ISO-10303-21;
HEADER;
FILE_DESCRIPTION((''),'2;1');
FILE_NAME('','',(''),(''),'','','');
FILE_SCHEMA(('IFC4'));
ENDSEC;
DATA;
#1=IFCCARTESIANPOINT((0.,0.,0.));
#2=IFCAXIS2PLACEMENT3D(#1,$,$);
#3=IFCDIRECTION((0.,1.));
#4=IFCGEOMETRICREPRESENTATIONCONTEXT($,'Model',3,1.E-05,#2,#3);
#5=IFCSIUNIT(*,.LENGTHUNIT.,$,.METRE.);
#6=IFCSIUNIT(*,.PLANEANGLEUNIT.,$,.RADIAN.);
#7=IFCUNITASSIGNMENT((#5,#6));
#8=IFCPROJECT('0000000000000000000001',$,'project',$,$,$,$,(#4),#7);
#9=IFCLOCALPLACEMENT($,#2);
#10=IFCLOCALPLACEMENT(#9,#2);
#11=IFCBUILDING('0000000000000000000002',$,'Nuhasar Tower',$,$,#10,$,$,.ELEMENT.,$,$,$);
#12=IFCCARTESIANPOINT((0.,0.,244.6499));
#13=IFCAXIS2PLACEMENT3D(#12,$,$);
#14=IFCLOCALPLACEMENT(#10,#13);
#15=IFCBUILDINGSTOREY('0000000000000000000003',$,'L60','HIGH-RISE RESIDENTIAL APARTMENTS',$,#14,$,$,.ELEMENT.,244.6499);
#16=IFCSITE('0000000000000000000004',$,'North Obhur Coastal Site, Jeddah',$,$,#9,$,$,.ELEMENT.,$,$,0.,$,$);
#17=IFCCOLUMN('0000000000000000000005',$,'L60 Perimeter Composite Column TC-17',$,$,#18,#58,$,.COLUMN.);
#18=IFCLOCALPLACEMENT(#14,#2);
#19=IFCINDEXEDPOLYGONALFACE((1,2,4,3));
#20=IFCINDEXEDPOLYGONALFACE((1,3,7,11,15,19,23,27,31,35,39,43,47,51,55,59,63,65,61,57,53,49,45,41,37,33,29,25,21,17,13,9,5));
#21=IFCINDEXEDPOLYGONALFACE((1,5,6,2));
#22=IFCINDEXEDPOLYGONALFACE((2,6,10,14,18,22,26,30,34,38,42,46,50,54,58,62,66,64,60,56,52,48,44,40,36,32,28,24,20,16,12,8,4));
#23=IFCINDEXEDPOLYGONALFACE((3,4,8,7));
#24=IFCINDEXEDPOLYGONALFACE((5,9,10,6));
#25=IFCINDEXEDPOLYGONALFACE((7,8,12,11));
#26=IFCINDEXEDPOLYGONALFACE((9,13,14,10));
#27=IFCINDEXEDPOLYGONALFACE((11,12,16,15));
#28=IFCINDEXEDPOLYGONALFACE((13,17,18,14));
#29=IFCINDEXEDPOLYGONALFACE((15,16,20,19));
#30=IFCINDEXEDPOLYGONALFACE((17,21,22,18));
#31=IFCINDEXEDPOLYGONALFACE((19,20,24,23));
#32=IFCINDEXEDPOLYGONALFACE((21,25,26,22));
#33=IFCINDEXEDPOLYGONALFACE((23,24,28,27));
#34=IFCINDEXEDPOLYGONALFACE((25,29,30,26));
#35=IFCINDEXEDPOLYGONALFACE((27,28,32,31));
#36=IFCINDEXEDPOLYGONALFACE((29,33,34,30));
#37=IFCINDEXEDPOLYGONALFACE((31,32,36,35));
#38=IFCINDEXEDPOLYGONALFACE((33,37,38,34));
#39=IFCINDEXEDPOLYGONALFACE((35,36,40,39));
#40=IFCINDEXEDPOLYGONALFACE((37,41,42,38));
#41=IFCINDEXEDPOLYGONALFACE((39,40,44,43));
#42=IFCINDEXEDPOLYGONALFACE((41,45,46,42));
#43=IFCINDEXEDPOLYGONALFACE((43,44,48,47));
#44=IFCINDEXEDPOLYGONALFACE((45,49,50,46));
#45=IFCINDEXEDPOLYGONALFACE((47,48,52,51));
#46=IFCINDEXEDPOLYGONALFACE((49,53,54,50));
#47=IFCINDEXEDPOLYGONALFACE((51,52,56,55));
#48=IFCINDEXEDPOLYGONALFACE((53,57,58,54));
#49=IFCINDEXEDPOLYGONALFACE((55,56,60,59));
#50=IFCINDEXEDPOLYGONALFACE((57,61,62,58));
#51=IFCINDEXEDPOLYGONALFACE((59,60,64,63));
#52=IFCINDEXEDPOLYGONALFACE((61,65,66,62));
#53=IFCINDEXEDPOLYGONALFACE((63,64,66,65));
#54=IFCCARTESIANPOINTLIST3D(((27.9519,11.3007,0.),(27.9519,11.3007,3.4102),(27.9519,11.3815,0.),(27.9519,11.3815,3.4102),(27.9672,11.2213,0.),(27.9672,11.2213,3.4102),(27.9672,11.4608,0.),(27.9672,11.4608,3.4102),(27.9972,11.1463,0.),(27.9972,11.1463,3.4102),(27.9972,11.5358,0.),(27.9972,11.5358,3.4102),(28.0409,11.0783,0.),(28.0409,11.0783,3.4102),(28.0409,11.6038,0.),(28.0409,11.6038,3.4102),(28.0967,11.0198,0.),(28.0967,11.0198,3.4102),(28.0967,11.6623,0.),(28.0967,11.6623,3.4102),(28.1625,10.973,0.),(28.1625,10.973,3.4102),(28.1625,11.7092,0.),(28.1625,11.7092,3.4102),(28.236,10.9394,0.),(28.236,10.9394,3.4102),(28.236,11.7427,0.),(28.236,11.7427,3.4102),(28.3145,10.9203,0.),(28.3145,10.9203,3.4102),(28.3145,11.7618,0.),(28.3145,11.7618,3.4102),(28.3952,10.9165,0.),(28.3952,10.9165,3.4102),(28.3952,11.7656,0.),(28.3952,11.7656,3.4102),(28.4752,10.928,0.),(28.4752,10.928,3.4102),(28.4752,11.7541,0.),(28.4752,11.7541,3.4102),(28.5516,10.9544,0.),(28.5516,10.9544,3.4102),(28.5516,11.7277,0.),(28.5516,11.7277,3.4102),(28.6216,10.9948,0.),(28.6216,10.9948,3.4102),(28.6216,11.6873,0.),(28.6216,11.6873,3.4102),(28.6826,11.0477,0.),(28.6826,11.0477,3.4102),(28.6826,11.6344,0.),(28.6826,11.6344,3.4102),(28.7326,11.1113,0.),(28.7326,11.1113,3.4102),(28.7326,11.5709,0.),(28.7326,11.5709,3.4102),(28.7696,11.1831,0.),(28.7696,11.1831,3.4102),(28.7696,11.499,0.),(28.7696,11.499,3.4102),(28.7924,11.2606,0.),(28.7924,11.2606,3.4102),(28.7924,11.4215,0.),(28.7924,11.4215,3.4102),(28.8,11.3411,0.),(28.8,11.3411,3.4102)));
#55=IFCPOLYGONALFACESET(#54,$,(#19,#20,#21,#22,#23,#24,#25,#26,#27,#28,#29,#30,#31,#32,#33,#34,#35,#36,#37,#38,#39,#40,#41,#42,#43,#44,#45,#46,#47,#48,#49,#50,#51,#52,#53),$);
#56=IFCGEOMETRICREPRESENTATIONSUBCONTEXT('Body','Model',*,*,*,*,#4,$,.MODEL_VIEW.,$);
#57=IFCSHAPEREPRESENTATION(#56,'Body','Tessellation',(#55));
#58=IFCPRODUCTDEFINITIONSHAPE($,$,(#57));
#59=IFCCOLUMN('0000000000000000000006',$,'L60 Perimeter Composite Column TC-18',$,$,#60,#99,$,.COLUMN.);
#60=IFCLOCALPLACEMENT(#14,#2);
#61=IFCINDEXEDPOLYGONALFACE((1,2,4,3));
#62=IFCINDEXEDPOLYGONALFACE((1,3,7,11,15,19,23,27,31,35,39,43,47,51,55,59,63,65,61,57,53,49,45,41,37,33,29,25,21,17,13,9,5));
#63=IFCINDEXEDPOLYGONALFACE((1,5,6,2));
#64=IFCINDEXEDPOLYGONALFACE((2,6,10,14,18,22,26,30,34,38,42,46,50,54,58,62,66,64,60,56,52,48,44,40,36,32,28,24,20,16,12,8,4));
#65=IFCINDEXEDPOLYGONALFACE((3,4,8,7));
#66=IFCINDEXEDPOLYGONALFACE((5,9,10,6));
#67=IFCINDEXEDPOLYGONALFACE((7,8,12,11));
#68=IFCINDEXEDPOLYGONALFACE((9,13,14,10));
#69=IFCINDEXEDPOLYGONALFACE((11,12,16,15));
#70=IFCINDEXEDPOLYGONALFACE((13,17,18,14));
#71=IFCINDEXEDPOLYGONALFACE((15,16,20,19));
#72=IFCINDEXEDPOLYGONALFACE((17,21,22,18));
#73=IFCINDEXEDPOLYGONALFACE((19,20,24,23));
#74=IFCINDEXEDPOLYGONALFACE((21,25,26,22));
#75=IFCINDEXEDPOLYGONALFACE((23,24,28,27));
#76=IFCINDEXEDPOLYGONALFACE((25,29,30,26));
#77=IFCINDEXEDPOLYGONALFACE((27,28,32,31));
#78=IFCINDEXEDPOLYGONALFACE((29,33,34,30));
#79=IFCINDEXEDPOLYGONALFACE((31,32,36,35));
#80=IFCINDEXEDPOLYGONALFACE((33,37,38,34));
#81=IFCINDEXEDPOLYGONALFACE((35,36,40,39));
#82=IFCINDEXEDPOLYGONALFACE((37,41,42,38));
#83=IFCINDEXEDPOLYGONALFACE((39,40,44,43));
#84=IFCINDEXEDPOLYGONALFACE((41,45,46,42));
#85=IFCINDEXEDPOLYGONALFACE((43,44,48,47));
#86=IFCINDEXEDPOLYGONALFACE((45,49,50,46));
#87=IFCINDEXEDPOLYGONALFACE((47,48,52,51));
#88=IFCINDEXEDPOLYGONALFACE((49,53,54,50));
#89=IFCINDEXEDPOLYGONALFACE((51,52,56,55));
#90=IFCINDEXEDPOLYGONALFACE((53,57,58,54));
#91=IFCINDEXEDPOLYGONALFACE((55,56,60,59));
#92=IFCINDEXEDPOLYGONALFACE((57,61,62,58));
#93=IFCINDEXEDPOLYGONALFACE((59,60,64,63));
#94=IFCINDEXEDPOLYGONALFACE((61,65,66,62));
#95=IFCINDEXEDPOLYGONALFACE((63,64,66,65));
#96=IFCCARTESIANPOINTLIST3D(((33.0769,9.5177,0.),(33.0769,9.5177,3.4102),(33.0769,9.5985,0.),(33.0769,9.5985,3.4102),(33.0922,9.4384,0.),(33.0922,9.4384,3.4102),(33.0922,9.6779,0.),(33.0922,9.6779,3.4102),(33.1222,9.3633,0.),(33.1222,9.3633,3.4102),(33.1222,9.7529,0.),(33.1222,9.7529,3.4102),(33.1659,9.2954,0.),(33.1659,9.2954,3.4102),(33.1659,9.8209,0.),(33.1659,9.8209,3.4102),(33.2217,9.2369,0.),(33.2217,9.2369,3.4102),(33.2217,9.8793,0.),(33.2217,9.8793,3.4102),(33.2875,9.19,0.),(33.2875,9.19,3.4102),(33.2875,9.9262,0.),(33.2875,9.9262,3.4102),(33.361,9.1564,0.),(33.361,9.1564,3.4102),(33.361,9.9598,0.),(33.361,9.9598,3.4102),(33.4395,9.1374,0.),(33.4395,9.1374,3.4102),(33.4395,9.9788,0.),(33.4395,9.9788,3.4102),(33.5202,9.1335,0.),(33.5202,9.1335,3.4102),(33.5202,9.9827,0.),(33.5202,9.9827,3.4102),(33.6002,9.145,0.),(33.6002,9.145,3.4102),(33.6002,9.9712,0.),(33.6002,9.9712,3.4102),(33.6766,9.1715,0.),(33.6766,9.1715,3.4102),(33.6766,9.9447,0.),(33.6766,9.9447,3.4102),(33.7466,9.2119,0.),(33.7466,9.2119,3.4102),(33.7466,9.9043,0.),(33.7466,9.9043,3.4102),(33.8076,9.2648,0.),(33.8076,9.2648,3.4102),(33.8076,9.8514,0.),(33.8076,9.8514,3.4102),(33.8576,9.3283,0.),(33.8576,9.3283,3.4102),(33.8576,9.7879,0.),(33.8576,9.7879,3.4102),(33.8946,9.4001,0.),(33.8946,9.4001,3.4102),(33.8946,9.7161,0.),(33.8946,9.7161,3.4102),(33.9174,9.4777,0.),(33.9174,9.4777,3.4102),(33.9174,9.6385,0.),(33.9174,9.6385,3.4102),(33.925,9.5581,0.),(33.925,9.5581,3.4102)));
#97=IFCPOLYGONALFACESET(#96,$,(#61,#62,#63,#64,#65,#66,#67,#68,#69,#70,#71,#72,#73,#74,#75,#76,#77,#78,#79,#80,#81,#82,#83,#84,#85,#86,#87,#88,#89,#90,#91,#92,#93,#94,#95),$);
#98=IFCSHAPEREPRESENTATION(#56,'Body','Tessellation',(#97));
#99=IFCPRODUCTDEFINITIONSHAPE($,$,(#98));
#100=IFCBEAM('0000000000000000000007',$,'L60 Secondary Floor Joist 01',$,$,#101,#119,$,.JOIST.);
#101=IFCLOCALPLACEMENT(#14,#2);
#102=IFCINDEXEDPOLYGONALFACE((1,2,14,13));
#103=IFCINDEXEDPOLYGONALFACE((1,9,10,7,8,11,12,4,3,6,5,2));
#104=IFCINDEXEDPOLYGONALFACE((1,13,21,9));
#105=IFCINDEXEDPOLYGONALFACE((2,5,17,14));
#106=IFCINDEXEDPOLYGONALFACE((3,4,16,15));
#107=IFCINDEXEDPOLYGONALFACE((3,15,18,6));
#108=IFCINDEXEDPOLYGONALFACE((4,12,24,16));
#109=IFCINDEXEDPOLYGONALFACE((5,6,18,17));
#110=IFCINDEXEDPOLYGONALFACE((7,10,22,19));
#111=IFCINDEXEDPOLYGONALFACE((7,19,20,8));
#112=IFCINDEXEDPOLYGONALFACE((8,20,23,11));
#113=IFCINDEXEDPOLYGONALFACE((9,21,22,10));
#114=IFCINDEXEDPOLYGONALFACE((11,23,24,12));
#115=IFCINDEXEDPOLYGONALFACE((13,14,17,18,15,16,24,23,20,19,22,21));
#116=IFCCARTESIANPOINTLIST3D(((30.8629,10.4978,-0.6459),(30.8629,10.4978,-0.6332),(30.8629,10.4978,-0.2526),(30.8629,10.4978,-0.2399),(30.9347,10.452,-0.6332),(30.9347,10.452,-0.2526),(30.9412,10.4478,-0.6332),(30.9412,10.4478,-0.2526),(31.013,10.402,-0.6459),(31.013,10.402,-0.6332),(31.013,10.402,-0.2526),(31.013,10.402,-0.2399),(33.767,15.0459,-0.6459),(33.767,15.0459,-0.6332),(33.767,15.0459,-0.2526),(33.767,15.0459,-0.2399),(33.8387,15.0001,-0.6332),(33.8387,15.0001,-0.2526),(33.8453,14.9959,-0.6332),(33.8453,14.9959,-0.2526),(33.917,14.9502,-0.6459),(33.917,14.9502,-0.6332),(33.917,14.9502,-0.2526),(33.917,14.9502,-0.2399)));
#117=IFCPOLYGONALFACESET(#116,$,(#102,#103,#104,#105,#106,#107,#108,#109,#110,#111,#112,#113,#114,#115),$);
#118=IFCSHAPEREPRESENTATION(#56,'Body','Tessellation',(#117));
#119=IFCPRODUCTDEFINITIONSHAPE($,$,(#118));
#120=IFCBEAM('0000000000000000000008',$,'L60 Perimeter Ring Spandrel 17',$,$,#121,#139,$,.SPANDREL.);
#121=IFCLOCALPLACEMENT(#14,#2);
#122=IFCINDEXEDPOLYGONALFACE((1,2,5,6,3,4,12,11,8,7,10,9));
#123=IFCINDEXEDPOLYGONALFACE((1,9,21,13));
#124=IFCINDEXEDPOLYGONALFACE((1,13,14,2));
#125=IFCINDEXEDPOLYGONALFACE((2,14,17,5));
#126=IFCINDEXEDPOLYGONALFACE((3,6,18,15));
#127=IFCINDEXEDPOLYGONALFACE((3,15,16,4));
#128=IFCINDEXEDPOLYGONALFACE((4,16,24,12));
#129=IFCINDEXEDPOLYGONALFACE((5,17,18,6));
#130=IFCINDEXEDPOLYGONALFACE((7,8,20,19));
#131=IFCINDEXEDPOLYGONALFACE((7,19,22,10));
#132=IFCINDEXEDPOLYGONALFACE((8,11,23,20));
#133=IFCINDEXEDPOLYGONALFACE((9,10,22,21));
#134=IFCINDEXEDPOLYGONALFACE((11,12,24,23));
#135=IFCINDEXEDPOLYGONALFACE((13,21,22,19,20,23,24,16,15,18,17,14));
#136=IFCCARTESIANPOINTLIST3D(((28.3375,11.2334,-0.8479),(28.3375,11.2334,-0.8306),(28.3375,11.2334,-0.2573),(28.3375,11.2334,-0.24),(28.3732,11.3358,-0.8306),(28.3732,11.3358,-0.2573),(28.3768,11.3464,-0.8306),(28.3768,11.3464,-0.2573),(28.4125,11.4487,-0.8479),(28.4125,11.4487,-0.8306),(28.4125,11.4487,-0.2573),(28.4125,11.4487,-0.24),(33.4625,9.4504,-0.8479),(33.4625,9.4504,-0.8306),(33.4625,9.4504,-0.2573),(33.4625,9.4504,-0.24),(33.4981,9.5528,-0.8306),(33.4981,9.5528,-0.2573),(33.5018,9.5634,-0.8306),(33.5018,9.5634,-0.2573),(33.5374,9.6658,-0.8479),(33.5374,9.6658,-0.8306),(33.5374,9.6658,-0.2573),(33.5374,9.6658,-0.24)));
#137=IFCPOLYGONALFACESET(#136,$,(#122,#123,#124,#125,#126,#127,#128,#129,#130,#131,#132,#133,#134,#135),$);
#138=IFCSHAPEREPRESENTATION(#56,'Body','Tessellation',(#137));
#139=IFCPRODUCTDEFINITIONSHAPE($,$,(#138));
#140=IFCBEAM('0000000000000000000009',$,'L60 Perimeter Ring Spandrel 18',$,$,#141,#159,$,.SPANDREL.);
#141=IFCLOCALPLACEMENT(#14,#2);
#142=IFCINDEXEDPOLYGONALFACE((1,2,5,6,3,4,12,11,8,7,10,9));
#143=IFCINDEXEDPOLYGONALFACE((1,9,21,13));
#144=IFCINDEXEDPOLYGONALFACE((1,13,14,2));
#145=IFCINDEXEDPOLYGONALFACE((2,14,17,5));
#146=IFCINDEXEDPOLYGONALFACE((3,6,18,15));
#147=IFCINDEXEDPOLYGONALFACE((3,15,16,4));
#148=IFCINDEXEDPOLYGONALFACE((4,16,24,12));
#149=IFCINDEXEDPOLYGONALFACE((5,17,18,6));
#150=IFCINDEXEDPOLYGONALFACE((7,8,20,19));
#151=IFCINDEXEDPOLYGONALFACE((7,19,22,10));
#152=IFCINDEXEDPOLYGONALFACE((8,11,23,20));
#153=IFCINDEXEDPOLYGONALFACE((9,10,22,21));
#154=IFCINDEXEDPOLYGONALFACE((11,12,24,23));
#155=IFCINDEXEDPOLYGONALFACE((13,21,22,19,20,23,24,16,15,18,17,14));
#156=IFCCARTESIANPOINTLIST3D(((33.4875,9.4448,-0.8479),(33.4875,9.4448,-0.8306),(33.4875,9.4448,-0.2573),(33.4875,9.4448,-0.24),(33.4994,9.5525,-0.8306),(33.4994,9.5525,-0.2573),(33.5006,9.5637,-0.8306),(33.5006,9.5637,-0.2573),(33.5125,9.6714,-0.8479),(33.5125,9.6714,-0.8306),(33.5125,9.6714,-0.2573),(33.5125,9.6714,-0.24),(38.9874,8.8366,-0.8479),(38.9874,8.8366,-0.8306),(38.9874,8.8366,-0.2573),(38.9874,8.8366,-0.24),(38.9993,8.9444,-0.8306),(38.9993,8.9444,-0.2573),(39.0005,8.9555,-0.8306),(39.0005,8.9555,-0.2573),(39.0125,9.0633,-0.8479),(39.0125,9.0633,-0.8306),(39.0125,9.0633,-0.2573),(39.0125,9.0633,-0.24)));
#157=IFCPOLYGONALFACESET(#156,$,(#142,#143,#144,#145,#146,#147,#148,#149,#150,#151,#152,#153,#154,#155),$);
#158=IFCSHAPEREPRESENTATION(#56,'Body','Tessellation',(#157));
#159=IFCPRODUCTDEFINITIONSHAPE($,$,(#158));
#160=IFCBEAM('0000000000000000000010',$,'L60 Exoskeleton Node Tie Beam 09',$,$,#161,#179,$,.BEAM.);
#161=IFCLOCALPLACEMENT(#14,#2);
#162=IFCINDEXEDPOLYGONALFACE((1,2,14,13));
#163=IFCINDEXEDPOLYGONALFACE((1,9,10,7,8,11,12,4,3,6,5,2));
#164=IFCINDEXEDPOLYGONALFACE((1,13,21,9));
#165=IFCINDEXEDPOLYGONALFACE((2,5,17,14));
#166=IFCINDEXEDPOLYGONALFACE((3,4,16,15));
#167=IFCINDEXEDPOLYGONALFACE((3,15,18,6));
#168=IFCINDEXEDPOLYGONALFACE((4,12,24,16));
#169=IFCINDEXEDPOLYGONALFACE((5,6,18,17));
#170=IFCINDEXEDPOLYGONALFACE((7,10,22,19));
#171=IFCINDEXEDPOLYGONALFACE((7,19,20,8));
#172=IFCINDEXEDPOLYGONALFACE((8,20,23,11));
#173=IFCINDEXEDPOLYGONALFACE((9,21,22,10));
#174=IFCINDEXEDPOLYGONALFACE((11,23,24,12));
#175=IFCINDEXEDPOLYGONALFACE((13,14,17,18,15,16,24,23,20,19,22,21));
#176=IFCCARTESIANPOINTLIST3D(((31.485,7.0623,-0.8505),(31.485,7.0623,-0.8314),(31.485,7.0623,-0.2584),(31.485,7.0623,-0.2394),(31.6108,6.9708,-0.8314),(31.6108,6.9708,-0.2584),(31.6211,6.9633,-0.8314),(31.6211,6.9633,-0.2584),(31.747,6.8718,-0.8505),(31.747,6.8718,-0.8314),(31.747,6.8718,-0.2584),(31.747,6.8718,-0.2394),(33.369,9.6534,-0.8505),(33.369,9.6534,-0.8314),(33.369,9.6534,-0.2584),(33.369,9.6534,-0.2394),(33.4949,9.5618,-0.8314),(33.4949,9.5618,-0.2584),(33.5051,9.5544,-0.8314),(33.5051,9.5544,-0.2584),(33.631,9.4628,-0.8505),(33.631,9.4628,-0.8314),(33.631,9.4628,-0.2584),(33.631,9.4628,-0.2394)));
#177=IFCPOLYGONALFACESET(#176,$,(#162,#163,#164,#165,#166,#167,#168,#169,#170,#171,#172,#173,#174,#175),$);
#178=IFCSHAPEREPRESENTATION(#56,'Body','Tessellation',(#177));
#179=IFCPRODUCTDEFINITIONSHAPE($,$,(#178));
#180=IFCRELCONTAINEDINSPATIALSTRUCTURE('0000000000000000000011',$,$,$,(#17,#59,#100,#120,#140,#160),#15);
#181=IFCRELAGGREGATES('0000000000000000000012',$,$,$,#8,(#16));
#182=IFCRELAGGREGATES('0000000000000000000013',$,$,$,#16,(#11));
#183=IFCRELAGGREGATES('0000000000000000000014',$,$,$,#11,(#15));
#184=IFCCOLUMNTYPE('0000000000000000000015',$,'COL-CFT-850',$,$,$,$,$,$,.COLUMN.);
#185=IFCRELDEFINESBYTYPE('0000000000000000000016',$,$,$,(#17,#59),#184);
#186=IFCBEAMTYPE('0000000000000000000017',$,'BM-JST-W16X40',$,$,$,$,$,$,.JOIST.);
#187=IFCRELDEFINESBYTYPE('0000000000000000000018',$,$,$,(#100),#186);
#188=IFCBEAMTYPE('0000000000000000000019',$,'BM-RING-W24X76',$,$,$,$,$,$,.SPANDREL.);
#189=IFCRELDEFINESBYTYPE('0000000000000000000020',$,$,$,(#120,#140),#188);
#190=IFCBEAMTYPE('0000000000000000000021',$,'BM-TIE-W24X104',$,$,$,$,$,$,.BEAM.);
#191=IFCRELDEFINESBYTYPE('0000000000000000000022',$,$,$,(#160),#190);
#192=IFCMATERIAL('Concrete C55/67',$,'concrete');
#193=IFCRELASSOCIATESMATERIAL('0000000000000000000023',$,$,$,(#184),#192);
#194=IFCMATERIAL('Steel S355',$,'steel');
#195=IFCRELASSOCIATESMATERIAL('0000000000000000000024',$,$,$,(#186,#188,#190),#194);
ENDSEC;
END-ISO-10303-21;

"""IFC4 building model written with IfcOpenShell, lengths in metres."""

from ifc_helpers import new_model, si_unit, direction, frame, origin, origin_2d, place, context, subcontext, project, spatial, circle, i_section, extrude, material, material_profile, profile_set, type_object, element, save


model = new_model("IFC4")

# Units and contexts
model_context = context("Model", 3, precision=1e-05, world=origin(), true_north=direction((0.0, 1.0)))
body_context = subcontext(model_context, "Body", "Model", "MODEL_VIEW")
ifc_project = project(units=[si_unit("LENGTHUNIT", "METRE"), si_unit("PLANEANGLEUNIT", "RADIAN")], contexts=[model_context])

# Site, building, storey
site_placement = place(None, origin())
site = spatial("IfcSite", under=ifc_project, at=site_placement, Name="North Obhur Coastal Site, Jeddah", CompositionType="ELEMENT", RefElevation=0.0)
building_placement = place(site_placement, origin())
building = spatial("IfcBuilding", under=site, at=building_placement, Name="Nuhasar Tower", CompositionType="ELEMENT")
storey_placement = place(building_placement, frame((0.0, 0.0, 244.6499)))
storey = spatial("IfcBuildingStorey", under=building, at=storey_placement, Name="L60", Description="HIGH-RISE RESIDENTIAL APARTMENTS", CompositionType="ELEMENT", Elevation=244.6499)

# Columns
ifc_material_1 = material(Name="Concrete C55/67", Category="concrete")
ifc_material_profile_1 = material_profile(ifc_material_1, circle(Radius=0.425, at=origin_2d()), Name="CFT850")
ifc_profile_set_1 = profile_set([ifc_material_profile_1], Name="Concrete C55/67")
column_type = type_object("IfcColumnType", Name="COL-CFT-850", PredefinedType="COLUMN", material=ifc_profile_set_1)
for number, where, z_axis, x_axis, name in (
    (1, (28.375, 11.3411, 0.0), (0.0, 0.0, 1.0), (1.0, 0.0, 0.0), "L60 Perimeter Composite Column TC-17"),
    (2, (33.5, 9.5581, 0.0), (0.0, 0.0, 1.0), (1.0, 0.0, 0.0), "L60 Perimeter Composite Column TC-18"),
):
    element("IfcColumn", number, at=place(storey_placement, frame(where, z_axis=z_axis, x_axis=x_axis)), inside=storey, type_object=column_type, Name=name, PredefinedType="COLUMN", context=body_context, shape_type="SweptSolid", body=[
        extrude(circle(Radius=0.425, at=origin_2d()), origin(), (0.0, 0.0, 1.0), 3.4102),
    ])

# Beams
ifc_material_2 = material(Name="Steel S355", Category="steel")
ifc_material_profile_2 = material_profile(ifc_material_2, i_section(OverallWidth=0.178, OverallDepth=0.406, WebThickness=0.0078, FlangeThickness=0.0127, at=origin_2d()), Name="W16X40")
ifc_profile_set_2 = profile_set([ifc_material_profile_2], Name="Steel S355")
beam_type_1 = type_object("IfcBeamType", Name="BM-JST-W16X40", PredefinedType="JOIST", material=ifc_profile_set_2)
beam_1_placement = place(storey_placement, frame((33.842, 14.998, -0.4429), z_axis=(-0.538169, -0.842837, 0.0), x_axis=(0.842837, -0.538169, 0.0)))
element("IfcBeam", 3, at=beam_1_placement, inside=storey, type_object=beam_type_1, Name="L60 Secondary Floor Joist 01", PredefinedType="JOIST", context=body_context, shape_type="SweptSolid", body=[
    extrude(i_section(OverallWidth=0.178, OverallDepth=0.406, WebThickness=0.0078, FlangeThickness=0.0127, at=origin_2d()), origin(), (0.0, 0.0, 1.0), 5.3962),
])
ifc_material_profile_3 = material_profile(ifc_material_2, i_section(OverallWidth=0.228, OverallDepth=0.6079, WebThickness=0.0112, FlangeThickness=0.0173, at=origin_2d()), Name="W24X76")
ifc_profile_set_3 = profile_set([ifc_material_profile_3], Name="Steel S355")
beam_type_2 = type_object("IfcBeamType", Name="BM-RING-W24X76", PredefinedType="SPANDREL", material=ifc_profile_set_3)
beam_2_placement = place(storey_placement, frame((28.375, 11.3411, -0.5439), z_axis=(0.944477, -0.328578, 0.0), x_axis=(0.328578, 0.944477, 0.0)))
element("IfcBeam", 4, at=beam_2_placement, inside=storey, type_object=beam_type_2, Name="L60 Perimeter Ring Spandrel 17", PredefinedType="SPANDREL", context=body_context, shape_type="SweptSolid", body=[
    extrude(i_section(OverallWidth=0.228, OverallDepth=0.6079, WebThickness=0.0112, FlangeThickness=0.0173, at=origin_2d()), origin(), (0.0, 0.0, 1.0), 5.4263),
])
beam_3_placement = place(storey_placement, frame((33.5, 9.5581, -0.5439), z_axis=(0.993942, -0.109904, 0.0), x_axis=(0.109904, 0.993942, 0.0)))
element("IfcBeam", 5, at=beam_3_placement, inside=storey, type_object=beam_type_2, Name="L60 Perimeter Ring Spandrel 18", PredefinedType="SPANDREL", context=body_context, shape_type="SweptSolid", body=[
    extrude(i_section(OverallWidth=0.228, OverallDepth=0.6079, WebThickness=0.0112, FlangeThickness=0.0173, at=origin_2d()), origin(), (0.0, 0.0, 1.0), 5.5334),
])
ifc_material_profile_4 = material_profile(ifc_material_2, i_section(OverallWidth=0.324, OverallDepth=0.6111, WebThickness=0.0127, FlangeThickness=0.019, at=origin_2d()), Name="W24X104")
ifc_profile_set_4 = profile_set([ifc_material_profile_4], Name="Steel S355")
beam_type_3 = type_object("IfcBeamType", Name="BM-TIE-W24X104", PredefinedType="BEAM", material=ifc_profile_set_4)
beam_4_placement = place(storey_placement, frame((33.5, 9.5581, -0.5449), z_axis=(-0.588095, -0.808792, 0.0), x_axis=(0.808792, -0.588095, 0.0)))
element("IfcBeam", 6, at=beam_4_placement, inside=storey, type_object=beam_type_3, Name="L60 Exoskeleton Node Tie Beam 09", PredefinedType="BEAM", context=body_context, shape_type="SweptSolid", body=[
    extrude(i_section(OverallWidth=0.324, OverallDepth=0.6111, WebThickness=0.0127, FlangeThickness=0.019, at=origin_2d()), origin(), (0.0, 0.0, 1.0), 3.2036),
])

save(model, "model.ifc")
